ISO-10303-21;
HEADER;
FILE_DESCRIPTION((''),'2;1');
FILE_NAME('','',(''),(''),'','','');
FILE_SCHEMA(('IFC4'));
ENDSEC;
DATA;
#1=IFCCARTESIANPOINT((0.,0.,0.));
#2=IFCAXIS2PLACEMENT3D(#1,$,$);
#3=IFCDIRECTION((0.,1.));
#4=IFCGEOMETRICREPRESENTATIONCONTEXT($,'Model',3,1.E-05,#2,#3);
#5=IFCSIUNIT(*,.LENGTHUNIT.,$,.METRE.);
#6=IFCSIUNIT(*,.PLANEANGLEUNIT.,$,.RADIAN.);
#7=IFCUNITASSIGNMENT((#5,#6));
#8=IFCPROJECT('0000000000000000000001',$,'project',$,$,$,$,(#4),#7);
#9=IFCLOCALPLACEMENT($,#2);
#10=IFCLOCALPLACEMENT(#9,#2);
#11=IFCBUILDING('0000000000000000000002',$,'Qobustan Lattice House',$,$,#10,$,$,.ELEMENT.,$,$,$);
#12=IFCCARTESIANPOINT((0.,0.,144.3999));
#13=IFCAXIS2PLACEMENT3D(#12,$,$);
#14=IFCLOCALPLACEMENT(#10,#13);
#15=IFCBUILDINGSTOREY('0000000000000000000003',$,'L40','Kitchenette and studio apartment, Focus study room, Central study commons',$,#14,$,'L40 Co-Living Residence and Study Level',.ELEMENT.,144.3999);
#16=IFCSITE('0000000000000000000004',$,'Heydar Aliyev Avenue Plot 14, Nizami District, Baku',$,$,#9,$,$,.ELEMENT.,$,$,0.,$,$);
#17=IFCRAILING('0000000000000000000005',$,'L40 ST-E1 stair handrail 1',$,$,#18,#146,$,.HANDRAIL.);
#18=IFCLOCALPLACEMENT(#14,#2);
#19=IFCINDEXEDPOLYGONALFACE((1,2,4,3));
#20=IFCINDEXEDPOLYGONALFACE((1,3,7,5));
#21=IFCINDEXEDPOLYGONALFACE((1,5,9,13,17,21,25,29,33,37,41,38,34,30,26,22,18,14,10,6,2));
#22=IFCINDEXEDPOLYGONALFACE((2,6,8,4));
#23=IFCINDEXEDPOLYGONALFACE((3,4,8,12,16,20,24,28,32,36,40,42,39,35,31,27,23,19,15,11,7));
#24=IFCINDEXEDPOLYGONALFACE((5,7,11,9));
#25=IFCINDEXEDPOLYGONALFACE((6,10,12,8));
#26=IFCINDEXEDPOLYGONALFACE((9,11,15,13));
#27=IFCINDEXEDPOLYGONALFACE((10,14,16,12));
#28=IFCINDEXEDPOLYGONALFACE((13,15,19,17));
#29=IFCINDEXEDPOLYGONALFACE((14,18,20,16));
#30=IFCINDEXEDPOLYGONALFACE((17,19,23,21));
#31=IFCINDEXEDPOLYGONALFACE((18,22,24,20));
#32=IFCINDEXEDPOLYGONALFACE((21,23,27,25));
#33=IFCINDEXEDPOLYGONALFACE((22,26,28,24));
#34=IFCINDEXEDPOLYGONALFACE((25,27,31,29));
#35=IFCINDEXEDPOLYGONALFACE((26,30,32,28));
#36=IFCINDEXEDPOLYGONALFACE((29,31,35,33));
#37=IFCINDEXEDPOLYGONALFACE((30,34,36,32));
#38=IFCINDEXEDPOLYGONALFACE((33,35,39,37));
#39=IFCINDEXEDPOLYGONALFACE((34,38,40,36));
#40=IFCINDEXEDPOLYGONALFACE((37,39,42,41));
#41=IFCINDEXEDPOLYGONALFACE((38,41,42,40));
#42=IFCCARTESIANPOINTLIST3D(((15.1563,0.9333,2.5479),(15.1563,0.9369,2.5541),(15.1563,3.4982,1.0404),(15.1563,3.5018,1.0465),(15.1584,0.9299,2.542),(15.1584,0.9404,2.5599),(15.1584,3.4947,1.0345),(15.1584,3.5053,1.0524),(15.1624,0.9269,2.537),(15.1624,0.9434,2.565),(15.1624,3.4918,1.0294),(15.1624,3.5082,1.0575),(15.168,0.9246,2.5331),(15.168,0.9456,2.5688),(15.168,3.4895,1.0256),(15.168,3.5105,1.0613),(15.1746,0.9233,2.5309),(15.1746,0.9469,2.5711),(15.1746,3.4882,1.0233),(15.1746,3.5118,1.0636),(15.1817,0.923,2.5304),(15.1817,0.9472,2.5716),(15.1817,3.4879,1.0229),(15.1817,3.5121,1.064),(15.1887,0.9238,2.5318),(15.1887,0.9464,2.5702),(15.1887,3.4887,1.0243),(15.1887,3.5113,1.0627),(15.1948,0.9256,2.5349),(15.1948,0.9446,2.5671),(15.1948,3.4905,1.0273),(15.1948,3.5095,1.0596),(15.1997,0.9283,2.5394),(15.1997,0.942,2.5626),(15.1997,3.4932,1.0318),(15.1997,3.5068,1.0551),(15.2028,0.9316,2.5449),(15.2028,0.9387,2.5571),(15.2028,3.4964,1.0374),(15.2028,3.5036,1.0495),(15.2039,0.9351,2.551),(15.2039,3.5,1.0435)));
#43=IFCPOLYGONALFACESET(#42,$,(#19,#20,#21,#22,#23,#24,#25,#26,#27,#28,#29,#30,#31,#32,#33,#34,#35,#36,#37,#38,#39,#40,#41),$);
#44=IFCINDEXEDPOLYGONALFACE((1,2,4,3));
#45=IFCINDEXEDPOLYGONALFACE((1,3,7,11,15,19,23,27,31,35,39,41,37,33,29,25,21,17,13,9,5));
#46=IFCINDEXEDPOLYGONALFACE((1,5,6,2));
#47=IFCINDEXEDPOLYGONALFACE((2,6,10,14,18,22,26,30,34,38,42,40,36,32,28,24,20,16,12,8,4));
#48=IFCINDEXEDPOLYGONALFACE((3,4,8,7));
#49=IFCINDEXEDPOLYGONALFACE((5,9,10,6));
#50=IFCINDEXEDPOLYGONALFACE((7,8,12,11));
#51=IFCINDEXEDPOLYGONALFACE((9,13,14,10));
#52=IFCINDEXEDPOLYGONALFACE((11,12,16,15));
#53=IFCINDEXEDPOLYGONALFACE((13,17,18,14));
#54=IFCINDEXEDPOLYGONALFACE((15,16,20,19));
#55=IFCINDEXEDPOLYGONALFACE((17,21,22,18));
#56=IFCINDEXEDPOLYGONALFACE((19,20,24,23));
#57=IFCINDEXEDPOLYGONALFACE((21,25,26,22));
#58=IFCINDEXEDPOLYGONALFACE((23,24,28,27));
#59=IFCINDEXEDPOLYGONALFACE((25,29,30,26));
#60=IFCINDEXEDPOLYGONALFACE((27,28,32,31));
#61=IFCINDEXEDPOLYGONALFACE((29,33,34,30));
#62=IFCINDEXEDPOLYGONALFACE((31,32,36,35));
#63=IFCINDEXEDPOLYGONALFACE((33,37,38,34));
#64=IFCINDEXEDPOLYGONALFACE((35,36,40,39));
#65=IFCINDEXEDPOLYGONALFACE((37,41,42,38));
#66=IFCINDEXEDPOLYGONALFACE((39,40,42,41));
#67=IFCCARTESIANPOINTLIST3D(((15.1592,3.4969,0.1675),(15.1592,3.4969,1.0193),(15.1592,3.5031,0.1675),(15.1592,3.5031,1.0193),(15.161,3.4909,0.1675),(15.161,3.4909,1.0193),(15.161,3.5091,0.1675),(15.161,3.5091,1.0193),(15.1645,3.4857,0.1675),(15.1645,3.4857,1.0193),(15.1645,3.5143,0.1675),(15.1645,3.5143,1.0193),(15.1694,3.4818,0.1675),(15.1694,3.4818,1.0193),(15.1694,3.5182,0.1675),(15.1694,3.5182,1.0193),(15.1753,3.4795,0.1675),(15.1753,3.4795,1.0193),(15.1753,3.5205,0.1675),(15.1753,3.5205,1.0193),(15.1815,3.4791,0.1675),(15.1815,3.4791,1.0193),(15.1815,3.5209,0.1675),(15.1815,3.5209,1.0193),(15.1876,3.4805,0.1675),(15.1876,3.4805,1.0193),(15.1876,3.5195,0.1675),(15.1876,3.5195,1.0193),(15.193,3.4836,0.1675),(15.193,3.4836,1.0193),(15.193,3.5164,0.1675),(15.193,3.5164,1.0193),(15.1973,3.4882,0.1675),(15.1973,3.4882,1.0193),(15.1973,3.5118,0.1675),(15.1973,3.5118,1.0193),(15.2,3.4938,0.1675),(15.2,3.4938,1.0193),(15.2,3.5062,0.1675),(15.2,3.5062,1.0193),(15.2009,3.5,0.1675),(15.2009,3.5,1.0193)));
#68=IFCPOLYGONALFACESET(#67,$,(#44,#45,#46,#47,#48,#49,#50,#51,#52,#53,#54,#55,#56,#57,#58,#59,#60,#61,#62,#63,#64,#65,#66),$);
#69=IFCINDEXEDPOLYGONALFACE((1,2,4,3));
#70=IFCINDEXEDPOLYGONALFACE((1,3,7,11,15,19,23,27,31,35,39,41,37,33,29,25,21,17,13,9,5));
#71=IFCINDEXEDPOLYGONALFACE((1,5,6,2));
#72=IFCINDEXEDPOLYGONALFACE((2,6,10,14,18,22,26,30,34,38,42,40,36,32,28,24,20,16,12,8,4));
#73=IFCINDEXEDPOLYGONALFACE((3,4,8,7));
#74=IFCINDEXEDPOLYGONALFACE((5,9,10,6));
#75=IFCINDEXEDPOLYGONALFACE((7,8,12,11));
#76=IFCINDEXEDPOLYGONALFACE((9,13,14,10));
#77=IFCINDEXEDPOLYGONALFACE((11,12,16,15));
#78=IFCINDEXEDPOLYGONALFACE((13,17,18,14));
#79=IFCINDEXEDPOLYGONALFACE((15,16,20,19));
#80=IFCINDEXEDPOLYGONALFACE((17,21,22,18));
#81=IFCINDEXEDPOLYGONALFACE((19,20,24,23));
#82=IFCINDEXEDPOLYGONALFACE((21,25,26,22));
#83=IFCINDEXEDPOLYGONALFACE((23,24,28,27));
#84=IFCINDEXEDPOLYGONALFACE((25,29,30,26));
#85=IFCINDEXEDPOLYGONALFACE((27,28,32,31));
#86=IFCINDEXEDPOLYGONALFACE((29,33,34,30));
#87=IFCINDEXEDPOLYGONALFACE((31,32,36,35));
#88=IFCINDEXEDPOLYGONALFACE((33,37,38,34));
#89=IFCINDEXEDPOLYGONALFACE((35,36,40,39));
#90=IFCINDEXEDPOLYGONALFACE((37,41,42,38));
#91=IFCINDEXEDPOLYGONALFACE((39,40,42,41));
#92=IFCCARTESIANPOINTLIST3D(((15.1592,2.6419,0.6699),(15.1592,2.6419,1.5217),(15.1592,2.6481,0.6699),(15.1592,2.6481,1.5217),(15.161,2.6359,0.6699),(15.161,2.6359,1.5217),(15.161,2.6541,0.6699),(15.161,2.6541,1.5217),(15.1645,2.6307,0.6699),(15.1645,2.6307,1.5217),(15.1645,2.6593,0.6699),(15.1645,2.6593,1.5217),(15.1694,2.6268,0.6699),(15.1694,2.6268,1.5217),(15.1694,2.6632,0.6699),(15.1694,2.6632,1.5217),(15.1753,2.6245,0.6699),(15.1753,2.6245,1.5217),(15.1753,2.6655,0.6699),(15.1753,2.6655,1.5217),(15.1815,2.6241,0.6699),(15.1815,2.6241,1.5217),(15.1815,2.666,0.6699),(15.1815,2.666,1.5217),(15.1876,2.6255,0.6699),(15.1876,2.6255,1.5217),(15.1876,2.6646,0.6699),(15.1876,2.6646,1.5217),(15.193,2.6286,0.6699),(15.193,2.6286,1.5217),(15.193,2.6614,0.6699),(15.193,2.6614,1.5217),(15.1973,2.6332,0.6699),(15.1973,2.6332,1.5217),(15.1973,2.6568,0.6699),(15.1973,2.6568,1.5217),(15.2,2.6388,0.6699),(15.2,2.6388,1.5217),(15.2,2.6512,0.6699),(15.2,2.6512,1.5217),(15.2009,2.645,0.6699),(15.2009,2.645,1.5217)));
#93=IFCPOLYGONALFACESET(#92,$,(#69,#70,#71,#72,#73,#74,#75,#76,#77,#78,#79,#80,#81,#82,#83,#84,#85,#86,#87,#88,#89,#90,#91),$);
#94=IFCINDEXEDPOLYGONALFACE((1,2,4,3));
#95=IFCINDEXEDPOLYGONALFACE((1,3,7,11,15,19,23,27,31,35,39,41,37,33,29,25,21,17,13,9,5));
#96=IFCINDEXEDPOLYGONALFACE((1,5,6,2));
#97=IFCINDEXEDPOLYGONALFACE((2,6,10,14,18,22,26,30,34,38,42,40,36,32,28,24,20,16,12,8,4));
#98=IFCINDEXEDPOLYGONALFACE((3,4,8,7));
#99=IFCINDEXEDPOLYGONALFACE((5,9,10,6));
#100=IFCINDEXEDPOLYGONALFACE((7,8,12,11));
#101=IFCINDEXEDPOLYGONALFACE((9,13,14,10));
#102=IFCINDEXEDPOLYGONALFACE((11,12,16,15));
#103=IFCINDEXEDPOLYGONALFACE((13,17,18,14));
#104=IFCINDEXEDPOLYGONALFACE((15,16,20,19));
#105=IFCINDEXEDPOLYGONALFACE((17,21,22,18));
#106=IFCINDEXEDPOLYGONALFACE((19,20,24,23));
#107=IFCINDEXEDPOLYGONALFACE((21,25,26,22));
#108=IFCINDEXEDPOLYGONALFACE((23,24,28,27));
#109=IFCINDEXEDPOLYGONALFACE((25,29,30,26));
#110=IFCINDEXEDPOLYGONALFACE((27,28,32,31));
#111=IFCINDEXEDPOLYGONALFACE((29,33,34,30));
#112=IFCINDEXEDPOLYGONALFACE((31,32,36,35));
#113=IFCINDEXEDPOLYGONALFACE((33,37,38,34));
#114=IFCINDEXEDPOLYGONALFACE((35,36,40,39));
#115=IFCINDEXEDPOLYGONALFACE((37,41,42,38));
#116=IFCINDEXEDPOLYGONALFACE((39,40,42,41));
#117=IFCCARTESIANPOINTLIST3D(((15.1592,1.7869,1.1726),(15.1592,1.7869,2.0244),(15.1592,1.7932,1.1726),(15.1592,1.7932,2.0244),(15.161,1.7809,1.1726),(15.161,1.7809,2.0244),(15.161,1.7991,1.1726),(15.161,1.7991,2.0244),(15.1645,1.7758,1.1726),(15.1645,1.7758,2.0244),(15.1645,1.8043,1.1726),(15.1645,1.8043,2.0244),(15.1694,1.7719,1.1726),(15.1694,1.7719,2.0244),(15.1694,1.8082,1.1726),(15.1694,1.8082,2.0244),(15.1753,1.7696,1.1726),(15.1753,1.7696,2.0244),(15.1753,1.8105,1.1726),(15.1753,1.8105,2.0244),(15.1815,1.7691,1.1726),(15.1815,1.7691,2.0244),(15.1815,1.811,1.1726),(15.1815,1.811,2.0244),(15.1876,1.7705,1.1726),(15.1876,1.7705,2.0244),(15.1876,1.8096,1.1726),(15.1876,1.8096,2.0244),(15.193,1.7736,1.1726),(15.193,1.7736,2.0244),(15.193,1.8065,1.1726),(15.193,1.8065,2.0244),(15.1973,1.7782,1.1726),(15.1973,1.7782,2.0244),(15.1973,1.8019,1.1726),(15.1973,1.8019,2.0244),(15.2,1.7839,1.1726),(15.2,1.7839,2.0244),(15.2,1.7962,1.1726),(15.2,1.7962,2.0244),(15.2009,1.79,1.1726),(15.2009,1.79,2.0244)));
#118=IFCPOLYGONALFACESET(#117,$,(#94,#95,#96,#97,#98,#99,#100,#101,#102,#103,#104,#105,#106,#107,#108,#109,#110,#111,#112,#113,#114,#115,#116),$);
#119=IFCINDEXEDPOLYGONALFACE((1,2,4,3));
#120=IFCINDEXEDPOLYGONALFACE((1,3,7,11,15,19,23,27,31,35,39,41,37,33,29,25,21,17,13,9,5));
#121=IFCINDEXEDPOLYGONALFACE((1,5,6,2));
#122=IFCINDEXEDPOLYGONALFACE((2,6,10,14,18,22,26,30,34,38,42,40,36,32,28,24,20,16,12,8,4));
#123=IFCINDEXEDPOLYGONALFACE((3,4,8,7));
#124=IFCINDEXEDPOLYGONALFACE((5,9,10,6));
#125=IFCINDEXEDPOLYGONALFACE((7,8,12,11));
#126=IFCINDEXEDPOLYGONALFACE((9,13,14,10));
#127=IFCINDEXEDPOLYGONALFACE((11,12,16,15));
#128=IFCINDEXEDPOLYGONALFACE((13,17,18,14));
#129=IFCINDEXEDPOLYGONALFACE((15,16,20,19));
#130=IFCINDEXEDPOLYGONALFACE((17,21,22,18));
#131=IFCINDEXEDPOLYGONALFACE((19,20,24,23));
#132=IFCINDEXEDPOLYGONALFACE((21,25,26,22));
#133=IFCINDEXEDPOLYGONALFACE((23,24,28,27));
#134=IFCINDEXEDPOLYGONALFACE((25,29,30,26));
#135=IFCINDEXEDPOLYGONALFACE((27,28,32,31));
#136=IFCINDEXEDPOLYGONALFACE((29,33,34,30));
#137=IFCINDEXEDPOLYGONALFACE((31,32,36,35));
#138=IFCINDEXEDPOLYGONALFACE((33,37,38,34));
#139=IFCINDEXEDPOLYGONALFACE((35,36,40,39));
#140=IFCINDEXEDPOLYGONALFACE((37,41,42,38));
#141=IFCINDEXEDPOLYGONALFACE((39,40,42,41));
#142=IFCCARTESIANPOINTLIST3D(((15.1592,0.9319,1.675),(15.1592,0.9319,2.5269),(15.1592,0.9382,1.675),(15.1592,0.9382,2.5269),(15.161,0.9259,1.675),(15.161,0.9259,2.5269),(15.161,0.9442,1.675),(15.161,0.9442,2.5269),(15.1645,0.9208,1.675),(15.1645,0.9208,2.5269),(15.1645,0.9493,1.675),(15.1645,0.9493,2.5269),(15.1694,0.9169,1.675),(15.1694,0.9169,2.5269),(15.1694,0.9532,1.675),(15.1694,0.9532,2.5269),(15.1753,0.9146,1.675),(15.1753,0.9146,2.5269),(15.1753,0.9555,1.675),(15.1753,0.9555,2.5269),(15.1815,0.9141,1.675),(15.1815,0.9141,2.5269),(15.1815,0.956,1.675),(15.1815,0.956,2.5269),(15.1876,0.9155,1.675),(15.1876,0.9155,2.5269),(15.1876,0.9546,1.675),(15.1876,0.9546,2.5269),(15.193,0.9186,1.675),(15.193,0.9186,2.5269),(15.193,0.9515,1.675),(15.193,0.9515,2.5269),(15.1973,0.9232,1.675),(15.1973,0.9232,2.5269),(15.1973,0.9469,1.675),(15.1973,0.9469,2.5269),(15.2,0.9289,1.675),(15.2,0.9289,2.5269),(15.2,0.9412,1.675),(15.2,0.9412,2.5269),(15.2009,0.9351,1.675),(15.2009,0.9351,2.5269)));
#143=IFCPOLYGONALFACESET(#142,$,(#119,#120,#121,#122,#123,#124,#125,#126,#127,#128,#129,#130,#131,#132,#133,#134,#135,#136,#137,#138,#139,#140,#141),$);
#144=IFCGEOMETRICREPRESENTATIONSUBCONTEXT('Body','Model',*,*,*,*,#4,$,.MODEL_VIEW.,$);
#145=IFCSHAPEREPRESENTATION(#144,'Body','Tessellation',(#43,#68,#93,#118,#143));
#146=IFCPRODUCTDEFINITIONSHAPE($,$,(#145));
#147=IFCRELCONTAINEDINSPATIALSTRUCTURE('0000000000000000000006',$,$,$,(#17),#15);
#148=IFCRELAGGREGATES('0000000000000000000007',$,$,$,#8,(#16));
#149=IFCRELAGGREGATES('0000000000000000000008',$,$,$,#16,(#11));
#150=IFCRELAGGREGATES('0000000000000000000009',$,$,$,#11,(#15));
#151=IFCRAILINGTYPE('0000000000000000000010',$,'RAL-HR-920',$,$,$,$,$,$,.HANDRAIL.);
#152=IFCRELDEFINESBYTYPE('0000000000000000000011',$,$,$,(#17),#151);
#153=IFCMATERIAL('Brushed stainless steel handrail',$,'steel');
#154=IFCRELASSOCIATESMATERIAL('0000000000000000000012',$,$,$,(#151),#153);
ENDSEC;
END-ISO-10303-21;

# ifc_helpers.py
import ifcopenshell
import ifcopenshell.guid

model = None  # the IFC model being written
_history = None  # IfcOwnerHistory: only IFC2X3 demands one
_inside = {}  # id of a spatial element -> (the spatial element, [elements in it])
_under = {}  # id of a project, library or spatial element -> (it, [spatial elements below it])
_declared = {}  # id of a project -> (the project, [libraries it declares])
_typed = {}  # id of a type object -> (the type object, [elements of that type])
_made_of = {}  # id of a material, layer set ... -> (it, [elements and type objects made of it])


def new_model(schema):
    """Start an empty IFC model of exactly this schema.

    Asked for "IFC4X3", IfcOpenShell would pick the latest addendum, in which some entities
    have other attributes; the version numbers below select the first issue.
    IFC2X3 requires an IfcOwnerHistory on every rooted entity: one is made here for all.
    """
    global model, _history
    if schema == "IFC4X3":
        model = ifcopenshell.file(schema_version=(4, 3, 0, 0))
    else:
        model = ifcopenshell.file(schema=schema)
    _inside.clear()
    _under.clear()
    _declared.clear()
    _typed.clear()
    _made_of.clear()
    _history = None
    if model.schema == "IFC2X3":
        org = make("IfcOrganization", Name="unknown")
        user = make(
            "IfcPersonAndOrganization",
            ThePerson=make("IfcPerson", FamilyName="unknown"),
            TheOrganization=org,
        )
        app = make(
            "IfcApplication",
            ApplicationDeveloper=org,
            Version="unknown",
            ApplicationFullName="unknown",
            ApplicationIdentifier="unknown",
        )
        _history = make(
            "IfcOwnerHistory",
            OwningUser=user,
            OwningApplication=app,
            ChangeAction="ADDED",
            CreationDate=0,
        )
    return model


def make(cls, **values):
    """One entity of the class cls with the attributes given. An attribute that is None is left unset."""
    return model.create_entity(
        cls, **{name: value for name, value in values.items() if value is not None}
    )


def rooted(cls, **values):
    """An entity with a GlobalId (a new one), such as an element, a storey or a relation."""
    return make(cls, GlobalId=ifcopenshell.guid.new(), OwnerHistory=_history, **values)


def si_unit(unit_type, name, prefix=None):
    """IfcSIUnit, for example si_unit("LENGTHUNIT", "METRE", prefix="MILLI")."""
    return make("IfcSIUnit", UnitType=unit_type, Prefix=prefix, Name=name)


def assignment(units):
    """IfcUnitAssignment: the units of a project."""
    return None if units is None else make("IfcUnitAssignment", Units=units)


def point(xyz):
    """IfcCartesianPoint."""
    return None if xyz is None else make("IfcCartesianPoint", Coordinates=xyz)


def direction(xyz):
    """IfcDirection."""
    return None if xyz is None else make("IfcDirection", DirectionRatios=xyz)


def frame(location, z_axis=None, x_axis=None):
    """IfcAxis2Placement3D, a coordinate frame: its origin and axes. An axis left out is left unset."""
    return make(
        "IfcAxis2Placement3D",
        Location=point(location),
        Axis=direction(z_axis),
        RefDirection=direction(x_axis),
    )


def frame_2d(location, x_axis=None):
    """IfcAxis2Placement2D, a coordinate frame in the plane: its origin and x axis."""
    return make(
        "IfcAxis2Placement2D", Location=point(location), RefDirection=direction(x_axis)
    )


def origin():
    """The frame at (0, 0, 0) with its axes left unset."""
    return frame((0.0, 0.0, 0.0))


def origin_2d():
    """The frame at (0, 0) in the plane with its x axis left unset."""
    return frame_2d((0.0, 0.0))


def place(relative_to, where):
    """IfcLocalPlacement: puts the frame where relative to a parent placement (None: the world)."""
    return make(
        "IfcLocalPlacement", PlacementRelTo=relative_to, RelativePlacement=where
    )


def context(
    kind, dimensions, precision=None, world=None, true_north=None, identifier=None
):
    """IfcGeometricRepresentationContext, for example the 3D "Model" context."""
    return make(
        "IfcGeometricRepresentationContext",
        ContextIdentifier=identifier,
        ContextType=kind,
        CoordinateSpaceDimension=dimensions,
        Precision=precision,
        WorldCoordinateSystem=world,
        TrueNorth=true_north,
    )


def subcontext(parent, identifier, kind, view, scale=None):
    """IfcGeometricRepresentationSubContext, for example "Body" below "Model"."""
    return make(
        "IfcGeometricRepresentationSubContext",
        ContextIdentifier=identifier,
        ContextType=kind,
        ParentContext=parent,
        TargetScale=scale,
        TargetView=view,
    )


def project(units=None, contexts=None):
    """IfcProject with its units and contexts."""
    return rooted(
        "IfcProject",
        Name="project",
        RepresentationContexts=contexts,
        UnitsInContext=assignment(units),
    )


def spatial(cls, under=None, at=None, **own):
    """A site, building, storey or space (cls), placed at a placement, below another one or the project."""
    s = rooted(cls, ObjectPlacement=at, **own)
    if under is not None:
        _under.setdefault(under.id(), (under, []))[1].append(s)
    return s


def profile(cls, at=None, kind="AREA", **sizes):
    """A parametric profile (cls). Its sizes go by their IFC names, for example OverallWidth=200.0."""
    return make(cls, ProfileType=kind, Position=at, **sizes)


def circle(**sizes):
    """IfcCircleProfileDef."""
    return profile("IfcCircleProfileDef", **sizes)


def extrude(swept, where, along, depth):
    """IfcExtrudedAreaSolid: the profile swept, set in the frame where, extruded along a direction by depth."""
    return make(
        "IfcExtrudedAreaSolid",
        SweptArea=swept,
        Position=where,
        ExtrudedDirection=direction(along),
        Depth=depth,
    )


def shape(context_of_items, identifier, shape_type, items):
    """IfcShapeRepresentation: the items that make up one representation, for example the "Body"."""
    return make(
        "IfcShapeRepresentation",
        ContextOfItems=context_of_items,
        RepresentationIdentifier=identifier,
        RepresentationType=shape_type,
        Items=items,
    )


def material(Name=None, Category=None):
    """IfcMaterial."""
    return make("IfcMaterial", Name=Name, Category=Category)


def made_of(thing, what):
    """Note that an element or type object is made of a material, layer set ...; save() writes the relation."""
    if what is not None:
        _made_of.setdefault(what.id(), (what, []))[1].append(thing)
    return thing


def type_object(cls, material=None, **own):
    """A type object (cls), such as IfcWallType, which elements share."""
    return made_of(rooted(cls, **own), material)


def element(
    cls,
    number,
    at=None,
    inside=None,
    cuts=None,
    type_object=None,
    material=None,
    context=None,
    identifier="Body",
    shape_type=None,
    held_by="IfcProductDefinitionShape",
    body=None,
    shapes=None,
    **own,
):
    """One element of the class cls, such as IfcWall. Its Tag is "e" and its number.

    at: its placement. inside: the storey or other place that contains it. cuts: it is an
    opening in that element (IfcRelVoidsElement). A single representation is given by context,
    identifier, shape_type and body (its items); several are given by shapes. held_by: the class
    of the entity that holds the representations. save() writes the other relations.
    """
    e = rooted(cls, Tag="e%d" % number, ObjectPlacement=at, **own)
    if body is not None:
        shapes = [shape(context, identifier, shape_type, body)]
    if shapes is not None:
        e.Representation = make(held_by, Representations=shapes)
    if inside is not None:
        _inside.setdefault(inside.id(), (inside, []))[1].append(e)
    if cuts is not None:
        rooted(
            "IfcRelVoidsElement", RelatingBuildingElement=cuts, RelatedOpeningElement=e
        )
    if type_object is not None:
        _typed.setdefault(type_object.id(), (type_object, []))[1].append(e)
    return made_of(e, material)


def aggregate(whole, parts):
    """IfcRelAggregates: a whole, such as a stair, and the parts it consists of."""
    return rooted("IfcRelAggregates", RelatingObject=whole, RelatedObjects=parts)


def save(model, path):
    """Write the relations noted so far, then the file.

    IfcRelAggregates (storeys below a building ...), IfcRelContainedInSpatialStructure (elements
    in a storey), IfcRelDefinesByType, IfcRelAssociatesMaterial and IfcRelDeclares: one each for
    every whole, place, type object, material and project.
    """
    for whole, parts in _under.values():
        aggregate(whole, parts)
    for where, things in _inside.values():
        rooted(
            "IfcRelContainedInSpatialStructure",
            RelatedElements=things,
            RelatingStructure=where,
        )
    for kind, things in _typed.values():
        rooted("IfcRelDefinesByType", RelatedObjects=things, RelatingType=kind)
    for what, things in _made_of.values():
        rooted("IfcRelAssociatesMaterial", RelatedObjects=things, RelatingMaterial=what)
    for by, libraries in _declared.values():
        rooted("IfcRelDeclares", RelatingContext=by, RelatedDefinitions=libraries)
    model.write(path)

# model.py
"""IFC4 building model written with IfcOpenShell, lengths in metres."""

from ifc_helpers import new_model, si_unit, direction, frame, origin, origin_2d, place, context, subcontext, project, spatial, circle, extrude, material, type_object, element, save


model = new_model("IFC4")

# Units and contexts
model_context = context("Model", 3, precision=1e-05, world=origin(), true_north=direction((0.0, 1.0)))
body_context = subcontext(model_context, "Body", "Model", "MODEL_VIEW")
ifc_project = project(units=[si_unit("LENGTHUNIT", "METRE"), si_unit("PLANEANGLEUNIT", "RADIAN")], contexts=[model_context])

# Site, building, storey
site_placement = place(None, origin())
site = spatial("IfcSite", under=ifc_project, at=site_placement, Name="Heydar Aliyev Avenue Plot 14, Nizami District, Baku", CompositionType="ELEMENT", RefElevation=0.0)
building_placement = place(site_placement, origin())
building = spatial("IfcBuilding", under=site, at=building_placement, Name="Qobustan Lattice House", CompositionType="ELEMENT")
storey_placement = place(building_placement, frame((0.0, 0.0, 144.3999)))
storey = spatial("IfcBuildingStorey", under=building, at=storey_placement, Name="L40", Description="Kitchenette and studio apartment, Focus study room, Central study commons", LongName="L40 Co-Living Residence and Study Level", CompositionType="ELEMENT", Elevation=144.3999)

# Railing
ifc_material_1 = material(Name="Brushed stainless steel handrail", Category="steel")
railing_type_1 = type_object("IfcRailingType", Name="RAL-HR-920", PredefinedType="HANDRAIL", material=ifc_material_1)
railing_1_placement = place(storey_placement, frame((15.1799, 3.5, 0.1675)))
element("IfcRailing", 1, at=railing_1_placement, inside=storey, type_object=railing_type_1, Name="L40 ST-E1 stair handrail 1", PredefinedType="HANDRAIL", context=body_context, shape_type="SweptSolid", body=[
    extrude(circle(Radius=0.0239, at=origin_2d()), frame((0.0, 0.0, 0.876), z_axis=(0.0, -0.862113, 0.506715), x_axis=(1.0, 0.0, 0.0)), (0.0, 0.0, 1.0), 2.9751),
    extrude(circle(Radius=0.021, at=origin_2d()), origin(), (0.0, 0.0, 1.0), 0.8518),
    extrude(circle(Radius=0.021, at=origin_2d()), frame((0.0, -0.855, 0.5024)), (0.0, 0.0, 1.0), 0.8518),
    extrude(circle(Radius=0.021, at=origin_2d()), frame((0.0, -1.71, 1.0051)), (0.0, 0.0, 1.0), 0.8518),
    extrude(circle(Radius=0.021, at=origin_2d()), frame((0.0, -2.5649, 1.5076)), (0.0, 0.0, 1.0), 0.8518),
])

save(model, "model.ifc")
